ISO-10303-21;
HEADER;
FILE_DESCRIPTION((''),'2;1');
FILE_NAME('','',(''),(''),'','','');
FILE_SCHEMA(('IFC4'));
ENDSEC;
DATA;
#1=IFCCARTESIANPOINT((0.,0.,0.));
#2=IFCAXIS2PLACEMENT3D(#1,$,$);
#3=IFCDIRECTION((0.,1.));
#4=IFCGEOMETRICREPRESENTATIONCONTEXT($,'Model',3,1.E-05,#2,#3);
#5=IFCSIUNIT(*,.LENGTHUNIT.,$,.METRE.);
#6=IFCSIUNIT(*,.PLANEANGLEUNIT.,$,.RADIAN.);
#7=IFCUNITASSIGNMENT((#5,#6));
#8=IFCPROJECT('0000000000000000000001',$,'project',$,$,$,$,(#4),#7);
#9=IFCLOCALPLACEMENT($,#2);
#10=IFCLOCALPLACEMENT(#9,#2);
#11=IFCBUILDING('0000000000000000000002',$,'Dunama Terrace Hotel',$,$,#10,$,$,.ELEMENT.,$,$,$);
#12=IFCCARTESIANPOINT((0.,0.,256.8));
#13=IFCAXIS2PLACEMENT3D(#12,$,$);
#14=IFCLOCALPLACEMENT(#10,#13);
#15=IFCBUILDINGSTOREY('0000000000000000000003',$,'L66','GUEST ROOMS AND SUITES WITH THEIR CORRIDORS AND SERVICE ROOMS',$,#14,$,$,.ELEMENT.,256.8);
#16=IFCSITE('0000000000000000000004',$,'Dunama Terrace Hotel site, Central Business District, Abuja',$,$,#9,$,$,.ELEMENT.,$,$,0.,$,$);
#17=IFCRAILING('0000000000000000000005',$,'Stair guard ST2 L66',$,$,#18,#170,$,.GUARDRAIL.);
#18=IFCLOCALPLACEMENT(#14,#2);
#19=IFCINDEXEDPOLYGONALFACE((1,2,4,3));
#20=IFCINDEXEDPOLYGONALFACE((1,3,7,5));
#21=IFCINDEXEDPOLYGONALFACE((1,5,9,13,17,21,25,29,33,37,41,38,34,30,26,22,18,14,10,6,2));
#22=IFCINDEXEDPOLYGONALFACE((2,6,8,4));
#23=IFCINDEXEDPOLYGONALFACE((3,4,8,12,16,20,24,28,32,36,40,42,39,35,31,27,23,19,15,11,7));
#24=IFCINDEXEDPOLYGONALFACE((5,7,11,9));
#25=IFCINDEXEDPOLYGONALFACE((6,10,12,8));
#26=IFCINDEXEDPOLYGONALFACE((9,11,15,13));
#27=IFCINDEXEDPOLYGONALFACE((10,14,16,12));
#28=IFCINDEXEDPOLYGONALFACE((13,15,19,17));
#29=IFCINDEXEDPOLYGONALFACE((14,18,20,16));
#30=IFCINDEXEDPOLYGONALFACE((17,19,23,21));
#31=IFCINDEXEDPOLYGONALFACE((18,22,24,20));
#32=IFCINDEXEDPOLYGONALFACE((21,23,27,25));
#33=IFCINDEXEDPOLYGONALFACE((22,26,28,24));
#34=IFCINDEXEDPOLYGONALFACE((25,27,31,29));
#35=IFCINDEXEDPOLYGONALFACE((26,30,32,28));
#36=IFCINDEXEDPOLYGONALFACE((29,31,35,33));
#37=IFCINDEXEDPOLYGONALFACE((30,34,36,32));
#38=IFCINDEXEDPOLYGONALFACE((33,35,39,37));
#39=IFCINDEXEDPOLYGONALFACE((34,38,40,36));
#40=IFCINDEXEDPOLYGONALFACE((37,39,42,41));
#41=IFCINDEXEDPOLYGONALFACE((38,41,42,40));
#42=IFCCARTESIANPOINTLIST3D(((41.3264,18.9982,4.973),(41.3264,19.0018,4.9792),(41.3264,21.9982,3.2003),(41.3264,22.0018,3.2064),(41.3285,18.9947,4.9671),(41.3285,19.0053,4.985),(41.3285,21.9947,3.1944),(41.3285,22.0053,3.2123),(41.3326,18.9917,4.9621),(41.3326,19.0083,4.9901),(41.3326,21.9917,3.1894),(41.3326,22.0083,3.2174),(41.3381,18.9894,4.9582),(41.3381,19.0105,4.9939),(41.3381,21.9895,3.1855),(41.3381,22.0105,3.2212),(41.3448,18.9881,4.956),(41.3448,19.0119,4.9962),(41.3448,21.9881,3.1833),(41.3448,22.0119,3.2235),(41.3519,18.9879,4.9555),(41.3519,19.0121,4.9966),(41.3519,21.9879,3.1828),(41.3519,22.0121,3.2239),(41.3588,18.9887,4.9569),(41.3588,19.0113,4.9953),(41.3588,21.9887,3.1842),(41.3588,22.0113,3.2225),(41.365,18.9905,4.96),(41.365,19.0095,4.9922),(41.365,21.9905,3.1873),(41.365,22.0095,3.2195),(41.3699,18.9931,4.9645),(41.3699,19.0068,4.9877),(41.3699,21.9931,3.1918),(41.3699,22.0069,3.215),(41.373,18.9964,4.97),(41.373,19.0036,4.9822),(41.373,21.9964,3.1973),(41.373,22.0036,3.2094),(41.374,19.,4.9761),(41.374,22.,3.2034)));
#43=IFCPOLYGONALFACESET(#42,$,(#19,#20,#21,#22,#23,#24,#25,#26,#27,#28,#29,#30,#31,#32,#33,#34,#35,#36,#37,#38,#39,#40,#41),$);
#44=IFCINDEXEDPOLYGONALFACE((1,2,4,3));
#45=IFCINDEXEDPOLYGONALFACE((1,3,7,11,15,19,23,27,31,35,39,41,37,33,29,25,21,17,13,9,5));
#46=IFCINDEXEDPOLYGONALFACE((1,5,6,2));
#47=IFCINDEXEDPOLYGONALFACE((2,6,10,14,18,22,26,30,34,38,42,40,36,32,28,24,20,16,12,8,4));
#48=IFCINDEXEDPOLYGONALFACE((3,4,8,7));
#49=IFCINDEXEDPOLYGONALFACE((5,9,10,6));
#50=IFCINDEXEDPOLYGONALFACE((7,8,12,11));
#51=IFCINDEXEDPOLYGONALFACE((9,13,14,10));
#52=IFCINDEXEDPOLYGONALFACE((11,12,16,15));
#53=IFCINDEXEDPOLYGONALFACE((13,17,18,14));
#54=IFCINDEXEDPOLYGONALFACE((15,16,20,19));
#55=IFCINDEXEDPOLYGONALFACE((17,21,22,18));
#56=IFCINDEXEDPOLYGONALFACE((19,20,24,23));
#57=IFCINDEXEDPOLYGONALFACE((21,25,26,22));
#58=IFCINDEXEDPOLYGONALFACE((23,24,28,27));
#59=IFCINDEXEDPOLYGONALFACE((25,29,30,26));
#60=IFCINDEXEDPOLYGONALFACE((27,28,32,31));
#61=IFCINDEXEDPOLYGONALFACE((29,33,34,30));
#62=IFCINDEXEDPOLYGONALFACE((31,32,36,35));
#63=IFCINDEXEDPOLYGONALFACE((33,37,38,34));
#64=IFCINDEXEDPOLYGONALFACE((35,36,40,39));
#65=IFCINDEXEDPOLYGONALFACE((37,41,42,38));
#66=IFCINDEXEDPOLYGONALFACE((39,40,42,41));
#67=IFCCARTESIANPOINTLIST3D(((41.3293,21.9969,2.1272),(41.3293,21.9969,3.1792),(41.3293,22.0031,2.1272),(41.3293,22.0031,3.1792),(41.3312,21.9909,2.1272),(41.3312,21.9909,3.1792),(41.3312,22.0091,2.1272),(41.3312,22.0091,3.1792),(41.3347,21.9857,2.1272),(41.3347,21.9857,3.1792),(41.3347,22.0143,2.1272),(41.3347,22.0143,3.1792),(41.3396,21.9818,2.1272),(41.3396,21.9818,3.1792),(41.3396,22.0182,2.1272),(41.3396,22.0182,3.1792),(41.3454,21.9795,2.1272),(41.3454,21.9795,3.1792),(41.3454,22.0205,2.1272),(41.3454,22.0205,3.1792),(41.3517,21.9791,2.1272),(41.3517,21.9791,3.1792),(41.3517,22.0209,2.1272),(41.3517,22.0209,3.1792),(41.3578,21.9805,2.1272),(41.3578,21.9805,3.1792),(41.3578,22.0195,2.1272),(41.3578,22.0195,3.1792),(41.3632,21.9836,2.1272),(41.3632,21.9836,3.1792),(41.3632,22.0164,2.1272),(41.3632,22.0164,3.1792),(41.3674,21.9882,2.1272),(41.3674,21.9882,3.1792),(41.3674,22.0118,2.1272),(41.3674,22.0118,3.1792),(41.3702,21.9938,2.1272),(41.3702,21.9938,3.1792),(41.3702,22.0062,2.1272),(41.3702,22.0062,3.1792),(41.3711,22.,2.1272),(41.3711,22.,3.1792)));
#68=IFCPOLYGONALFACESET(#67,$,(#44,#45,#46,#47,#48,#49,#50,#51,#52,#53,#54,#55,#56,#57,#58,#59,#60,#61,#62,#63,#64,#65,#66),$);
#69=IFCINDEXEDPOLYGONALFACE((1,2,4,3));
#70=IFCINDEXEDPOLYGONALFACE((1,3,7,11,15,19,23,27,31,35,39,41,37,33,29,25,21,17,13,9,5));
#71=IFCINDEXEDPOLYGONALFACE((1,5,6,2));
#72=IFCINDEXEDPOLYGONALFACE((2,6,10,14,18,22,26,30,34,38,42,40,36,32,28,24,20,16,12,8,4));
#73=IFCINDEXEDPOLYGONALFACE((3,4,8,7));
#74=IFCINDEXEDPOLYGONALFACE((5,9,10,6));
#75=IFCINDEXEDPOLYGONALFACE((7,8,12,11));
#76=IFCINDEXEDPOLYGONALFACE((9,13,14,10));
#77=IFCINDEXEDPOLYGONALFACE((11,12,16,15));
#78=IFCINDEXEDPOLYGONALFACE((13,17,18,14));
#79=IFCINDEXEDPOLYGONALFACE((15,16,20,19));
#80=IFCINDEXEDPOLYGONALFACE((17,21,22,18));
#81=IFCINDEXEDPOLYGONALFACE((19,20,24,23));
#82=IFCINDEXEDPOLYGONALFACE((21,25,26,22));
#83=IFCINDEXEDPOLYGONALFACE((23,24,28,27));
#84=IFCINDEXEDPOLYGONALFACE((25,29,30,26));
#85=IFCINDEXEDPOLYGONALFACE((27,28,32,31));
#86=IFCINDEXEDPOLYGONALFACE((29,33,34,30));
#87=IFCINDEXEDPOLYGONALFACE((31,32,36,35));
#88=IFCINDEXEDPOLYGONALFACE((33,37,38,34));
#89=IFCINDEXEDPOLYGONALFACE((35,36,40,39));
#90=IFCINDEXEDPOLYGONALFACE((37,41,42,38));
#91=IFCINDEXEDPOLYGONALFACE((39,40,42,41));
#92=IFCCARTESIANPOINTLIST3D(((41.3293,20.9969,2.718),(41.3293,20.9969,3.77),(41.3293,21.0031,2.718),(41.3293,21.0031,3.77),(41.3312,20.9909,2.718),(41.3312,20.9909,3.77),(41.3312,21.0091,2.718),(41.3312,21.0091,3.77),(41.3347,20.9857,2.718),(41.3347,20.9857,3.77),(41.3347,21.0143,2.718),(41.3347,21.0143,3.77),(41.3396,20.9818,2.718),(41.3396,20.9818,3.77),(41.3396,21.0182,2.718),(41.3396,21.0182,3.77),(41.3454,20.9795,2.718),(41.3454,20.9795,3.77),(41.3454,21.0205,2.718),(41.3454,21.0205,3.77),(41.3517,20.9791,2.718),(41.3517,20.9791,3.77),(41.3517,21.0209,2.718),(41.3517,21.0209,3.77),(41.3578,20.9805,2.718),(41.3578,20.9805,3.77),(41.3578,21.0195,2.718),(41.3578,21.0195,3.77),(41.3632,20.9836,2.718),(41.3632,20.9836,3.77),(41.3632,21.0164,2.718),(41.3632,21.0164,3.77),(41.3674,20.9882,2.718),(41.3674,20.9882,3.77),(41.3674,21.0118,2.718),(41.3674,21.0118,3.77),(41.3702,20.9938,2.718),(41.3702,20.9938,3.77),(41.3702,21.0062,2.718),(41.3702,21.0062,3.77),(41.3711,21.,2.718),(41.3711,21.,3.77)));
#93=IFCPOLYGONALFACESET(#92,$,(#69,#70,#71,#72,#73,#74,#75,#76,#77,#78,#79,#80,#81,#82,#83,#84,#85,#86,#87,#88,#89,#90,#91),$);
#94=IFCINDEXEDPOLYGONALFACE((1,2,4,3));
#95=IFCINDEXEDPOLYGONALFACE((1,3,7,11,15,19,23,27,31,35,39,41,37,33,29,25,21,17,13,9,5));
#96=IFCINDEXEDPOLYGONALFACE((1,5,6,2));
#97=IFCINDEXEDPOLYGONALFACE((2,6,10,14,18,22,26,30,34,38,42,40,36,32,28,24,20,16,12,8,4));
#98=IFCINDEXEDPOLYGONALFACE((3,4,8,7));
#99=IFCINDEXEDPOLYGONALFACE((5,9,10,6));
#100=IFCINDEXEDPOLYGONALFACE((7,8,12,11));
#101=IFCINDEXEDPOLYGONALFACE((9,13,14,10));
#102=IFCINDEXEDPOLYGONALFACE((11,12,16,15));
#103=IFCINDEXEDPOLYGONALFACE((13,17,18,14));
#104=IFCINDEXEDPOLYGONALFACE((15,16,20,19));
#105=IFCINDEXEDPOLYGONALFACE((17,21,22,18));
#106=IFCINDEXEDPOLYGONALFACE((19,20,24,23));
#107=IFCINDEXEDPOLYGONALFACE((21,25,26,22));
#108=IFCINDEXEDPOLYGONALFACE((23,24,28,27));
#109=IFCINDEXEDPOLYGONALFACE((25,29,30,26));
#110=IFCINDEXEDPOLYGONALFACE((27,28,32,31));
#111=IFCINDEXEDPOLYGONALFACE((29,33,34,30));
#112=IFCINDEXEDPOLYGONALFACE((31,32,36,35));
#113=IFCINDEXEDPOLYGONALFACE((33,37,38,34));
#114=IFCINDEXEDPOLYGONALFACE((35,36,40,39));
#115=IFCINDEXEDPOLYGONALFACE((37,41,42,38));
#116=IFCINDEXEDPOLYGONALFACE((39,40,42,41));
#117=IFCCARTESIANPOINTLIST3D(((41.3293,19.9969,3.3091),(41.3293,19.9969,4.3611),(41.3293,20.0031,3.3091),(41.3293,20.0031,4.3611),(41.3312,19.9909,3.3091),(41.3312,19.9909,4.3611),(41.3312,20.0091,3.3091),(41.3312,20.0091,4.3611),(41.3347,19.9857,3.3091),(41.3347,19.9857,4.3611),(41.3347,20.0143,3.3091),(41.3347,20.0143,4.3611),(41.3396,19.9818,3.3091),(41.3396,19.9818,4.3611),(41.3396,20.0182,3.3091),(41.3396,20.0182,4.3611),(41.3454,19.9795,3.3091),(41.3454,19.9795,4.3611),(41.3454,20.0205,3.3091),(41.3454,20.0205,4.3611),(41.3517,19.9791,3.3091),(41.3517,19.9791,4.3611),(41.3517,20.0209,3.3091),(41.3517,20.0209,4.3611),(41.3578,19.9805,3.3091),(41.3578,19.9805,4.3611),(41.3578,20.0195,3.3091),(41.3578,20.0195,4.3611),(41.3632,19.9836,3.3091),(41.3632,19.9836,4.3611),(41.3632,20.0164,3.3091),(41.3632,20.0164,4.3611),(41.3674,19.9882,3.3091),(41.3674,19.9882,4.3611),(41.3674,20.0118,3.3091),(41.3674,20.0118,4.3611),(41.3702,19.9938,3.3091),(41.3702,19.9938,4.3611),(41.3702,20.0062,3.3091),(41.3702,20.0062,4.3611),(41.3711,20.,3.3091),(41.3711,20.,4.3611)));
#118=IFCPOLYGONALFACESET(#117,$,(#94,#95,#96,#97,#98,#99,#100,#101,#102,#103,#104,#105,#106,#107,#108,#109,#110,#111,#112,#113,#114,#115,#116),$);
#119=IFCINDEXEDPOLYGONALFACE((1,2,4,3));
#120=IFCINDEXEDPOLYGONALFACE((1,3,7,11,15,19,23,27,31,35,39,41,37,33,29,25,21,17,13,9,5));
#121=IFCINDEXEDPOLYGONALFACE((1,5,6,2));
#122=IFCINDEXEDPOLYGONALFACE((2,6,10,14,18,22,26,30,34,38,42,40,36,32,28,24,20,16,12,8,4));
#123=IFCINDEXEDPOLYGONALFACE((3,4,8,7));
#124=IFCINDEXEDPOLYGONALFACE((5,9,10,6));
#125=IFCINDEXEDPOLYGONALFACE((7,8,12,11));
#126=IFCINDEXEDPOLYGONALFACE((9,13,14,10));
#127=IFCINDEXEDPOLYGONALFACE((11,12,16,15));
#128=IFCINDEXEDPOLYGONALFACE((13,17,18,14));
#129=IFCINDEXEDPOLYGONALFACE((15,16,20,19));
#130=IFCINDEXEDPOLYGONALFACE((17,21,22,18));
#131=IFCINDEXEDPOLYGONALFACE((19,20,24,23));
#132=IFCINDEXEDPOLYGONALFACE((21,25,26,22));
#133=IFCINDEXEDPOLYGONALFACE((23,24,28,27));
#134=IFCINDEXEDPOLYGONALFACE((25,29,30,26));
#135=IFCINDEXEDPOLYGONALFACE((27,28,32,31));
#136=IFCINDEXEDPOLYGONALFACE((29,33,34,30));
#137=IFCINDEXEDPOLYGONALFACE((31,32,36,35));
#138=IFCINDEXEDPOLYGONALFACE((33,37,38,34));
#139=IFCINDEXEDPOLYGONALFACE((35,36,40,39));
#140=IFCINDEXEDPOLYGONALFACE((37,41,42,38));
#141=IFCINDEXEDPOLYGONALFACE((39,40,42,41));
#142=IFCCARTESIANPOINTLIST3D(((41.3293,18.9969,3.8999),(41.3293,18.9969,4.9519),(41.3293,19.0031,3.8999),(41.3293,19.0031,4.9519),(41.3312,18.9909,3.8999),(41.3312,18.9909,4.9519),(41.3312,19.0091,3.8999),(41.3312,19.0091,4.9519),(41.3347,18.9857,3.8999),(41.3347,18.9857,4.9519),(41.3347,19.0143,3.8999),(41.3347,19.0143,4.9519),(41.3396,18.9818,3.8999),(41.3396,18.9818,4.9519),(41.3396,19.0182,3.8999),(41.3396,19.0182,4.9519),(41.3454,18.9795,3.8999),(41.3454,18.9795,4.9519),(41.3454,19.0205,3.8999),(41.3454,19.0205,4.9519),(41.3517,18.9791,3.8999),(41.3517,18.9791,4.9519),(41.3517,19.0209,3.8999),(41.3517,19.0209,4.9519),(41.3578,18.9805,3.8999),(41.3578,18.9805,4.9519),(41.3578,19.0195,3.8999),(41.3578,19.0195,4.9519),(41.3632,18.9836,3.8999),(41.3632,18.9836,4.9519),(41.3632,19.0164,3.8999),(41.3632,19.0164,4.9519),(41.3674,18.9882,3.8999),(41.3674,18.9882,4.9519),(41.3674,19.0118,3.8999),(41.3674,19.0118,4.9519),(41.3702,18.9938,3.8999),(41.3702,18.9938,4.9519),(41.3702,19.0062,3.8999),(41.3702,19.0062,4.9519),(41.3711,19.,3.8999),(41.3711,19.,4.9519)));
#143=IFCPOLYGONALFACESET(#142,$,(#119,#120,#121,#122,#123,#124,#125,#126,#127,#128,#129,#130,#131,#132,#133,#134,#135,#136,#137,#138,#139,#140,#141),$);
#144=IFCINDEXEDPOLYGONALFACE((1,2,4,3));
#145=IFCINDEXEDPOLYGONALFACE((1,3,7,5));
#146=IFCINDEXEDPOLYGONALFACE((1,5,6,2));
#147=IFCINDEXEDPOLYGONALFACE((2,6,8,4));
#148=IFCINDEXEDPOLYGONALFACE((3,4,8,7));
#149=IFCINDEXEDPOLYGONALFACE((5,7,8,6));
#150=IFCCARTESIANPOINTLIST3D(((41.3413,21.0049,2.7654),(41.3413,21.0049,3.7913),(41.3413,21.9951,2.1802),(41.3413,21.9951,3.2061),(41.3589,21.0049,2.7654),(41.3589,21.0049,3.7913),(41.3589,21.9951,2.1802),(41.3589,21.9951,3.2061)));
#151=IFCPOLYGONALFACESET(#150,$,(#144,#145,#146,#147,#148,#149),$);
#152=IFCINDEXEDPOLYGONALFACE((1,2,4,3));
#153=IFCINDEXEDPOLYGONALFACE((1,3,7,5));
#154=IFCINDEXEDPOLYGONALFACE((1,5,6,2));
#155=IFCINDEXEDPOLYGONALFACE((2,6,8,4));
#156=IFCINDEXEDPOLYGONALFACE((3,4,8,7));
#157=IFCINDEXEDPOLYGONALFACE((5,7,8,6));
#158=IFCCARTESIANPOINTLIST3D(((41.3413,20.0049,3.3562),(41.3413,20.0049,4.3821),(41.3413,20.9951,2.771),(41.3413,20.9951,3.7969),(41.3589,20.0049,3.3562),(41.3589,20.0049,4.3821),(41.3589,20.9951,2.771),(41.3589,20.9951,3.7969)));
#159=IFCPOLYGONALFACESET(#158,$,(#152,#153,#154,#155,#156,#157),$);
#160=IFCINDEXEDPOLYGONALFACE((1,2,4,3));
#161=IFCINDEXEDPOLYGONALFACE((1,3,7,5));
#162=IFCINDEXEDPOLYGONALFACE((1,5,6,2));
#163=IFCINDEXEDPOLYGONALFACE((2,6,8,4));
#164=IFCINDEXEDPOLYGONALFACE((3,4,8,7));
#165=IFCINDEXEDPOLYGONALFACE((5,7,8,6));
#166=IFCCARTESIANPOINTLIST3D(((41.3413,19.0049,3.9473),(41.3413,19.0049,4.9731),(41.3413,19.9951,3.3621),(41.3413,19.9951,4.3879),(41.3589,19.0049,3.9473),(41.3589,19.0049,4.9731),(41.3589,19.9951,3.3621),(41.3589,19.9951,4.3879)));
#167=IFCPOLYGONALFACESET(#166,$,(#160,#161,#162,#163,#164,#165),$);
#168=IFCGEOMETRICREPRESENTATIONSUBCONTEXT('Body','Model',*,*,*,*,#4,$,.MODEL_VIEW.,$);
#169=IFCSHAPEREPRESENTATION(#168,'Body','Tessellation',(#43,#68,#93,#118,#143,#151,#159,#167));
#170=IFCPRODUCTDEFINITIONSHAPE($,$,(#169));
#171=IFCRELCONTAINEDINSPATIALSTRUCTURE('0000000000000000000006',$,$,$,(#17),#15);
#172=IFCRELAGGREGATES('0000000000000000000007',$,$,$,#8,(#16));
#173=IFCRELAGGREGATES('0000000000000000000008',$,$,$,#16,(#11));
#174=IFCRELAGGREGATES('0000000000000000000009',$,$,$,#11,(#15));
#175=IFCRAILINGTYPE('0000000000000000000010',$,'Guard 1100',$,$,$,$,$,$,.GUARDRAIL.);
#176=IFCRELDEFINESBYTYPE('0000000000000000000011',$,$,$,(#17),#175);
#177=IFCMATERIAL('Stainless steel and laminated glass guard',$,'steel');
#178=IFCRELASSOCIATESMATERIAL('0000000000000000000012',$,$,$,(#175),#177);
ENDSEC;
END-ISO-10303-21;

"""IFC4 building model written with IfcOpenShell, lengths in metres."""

from ifc_helpers import new_model, si_unit, direction, frame, origin, origin_2d, place, context, subcontext, project, spatial, polyline, circle, outline, extrude, material, type_object, element, save


model = new_model("IFC4")

# Units and contexts
model_context = context("Model", 3, precision=1e-05, world=origin(), true_north=direction((0.0, 1.0)))
body_context = subcontext(model_context, "Body", "Model", "MODEL_VIEW")
ifc_project = project(units=[si_unit("LENGTHUNIT", "METRE"), si_unit("PLANEANGLEUNIT", "RADIAN")], contexts=[model_context])

# Site, building, storey
site_placement = place(None, origin())
site = spatial("IfcSite", under=ifc_project, at=site_placement, Name="Dunama Terrace Hotel site, Central Business District, Abuja", CompositionType="ELEMENT", RefElevation=0.0)
building_placement = place(site_placement, origin())
building = spatial("IfcBuilding", under=site, at=building_placement, Name="Dunama Terrace Hotel", CompositionType="ELEMENT")
storey_placement = place(building_placement, frame((0.0, 0.0, 256.8)))
storey = spatial("IfcBuildingStorey", under=building, at=storey_placement, Name="L66", Description="GUEST ROOMS AND SUITES WITH THEIR CORRIDORS AND SERVICE ROOMS", CompositionType="ELEMENT", Elevation=256.8)

# Railing
ifc_material_1 = material(Name="Stainless steel and laminated glass guard", Category="steel")
railing_type_1 = type_object("IfcRailingType", Name="Guard 1100", PredefinedType="GUARDRAIL", material=ifc_material_1)
railing_1_placement = place(storey_placement, frame((41.3501, 22.0, 2.1272)))
element("IfcRailing", 1, at=railing_1_placement, inside=storey, type_object=railing_type_1, Name="Stair guard ST2 L66", PredefinedType="GUARDRAIL", context=body_context, shape_type="SweptSolid", body=[
    extrude(circle(Radius=0.0239, at=origin_2d()), frame((0.0, 0.0, 1.0762), z_axis=(0.0, -0.860929, 0.508725), x_axis=(1.0, 0.0, 0.0)), (0.0, 0.0, 1.0), 3.4846),
    extrude(circle(Radius=0.021, at=origin_2d()), origin(), (0.0, 0.0, 1.0), 1.052),
    extrude(circle(Radius=0.021, at=origin_2d()), frame((0.0, -1.0, 0.5908)), (0.0, 0.0, 1.0), 1.052),
    extrude(circle(Radius=0.021, at=origin_2d()), frame((0.0, -2.0, 1.1819)), (0.0, 0.0, 1.0), 1.052),
    extrude(circle(Radius=0.021, at=origin_2d()), frame((0.0, -3.0, 1.7727)), (0.0, 0.0, 1.0), 1.052),
    extrude(outline(polyline([(0.0049, 0.053), (0.9951, 0.6382), (0.9951, 1.6641), (0.0049, 1.0789), (0.0049, 0.053)])), frame((0.0088, 0.0, 0.0), z_axis=(-1.0, 0.0, 0.0), x_axis=(0.0, -1.0, 0.0)), (0.0, 0.0, 1.0), 0.0176),
    extrude(outline(polyline([(0.0049, 0.053), (0.9951, 0.6382), (0.9951, 1.6641), (0.0049, 1.0789), (0.0049, 0.053)])), frame((0.0088, -1.0, 0.5908), z_axis=(-1.0, 0.0, 0.0), x_axis=(0.0, -1.0, 0.0)), (0.0, 0.0, 1.0), 0.0176),
    extrude(outline(polyline([(0.0049, 0.053), (0.9951, 0.6382), (0.9951, 1.6641), (0.0049, 1.0789), (0.0049, 0.053)])), frame((0.0088, -2.0, 1.1819), z_axis=(-1.0, 0.0, 0.0), x_axis=(0.0, -1.0, 0.0)), (0.0, 0.0, 1.0), 0.0176),
])

save(model, "model.ifc")
